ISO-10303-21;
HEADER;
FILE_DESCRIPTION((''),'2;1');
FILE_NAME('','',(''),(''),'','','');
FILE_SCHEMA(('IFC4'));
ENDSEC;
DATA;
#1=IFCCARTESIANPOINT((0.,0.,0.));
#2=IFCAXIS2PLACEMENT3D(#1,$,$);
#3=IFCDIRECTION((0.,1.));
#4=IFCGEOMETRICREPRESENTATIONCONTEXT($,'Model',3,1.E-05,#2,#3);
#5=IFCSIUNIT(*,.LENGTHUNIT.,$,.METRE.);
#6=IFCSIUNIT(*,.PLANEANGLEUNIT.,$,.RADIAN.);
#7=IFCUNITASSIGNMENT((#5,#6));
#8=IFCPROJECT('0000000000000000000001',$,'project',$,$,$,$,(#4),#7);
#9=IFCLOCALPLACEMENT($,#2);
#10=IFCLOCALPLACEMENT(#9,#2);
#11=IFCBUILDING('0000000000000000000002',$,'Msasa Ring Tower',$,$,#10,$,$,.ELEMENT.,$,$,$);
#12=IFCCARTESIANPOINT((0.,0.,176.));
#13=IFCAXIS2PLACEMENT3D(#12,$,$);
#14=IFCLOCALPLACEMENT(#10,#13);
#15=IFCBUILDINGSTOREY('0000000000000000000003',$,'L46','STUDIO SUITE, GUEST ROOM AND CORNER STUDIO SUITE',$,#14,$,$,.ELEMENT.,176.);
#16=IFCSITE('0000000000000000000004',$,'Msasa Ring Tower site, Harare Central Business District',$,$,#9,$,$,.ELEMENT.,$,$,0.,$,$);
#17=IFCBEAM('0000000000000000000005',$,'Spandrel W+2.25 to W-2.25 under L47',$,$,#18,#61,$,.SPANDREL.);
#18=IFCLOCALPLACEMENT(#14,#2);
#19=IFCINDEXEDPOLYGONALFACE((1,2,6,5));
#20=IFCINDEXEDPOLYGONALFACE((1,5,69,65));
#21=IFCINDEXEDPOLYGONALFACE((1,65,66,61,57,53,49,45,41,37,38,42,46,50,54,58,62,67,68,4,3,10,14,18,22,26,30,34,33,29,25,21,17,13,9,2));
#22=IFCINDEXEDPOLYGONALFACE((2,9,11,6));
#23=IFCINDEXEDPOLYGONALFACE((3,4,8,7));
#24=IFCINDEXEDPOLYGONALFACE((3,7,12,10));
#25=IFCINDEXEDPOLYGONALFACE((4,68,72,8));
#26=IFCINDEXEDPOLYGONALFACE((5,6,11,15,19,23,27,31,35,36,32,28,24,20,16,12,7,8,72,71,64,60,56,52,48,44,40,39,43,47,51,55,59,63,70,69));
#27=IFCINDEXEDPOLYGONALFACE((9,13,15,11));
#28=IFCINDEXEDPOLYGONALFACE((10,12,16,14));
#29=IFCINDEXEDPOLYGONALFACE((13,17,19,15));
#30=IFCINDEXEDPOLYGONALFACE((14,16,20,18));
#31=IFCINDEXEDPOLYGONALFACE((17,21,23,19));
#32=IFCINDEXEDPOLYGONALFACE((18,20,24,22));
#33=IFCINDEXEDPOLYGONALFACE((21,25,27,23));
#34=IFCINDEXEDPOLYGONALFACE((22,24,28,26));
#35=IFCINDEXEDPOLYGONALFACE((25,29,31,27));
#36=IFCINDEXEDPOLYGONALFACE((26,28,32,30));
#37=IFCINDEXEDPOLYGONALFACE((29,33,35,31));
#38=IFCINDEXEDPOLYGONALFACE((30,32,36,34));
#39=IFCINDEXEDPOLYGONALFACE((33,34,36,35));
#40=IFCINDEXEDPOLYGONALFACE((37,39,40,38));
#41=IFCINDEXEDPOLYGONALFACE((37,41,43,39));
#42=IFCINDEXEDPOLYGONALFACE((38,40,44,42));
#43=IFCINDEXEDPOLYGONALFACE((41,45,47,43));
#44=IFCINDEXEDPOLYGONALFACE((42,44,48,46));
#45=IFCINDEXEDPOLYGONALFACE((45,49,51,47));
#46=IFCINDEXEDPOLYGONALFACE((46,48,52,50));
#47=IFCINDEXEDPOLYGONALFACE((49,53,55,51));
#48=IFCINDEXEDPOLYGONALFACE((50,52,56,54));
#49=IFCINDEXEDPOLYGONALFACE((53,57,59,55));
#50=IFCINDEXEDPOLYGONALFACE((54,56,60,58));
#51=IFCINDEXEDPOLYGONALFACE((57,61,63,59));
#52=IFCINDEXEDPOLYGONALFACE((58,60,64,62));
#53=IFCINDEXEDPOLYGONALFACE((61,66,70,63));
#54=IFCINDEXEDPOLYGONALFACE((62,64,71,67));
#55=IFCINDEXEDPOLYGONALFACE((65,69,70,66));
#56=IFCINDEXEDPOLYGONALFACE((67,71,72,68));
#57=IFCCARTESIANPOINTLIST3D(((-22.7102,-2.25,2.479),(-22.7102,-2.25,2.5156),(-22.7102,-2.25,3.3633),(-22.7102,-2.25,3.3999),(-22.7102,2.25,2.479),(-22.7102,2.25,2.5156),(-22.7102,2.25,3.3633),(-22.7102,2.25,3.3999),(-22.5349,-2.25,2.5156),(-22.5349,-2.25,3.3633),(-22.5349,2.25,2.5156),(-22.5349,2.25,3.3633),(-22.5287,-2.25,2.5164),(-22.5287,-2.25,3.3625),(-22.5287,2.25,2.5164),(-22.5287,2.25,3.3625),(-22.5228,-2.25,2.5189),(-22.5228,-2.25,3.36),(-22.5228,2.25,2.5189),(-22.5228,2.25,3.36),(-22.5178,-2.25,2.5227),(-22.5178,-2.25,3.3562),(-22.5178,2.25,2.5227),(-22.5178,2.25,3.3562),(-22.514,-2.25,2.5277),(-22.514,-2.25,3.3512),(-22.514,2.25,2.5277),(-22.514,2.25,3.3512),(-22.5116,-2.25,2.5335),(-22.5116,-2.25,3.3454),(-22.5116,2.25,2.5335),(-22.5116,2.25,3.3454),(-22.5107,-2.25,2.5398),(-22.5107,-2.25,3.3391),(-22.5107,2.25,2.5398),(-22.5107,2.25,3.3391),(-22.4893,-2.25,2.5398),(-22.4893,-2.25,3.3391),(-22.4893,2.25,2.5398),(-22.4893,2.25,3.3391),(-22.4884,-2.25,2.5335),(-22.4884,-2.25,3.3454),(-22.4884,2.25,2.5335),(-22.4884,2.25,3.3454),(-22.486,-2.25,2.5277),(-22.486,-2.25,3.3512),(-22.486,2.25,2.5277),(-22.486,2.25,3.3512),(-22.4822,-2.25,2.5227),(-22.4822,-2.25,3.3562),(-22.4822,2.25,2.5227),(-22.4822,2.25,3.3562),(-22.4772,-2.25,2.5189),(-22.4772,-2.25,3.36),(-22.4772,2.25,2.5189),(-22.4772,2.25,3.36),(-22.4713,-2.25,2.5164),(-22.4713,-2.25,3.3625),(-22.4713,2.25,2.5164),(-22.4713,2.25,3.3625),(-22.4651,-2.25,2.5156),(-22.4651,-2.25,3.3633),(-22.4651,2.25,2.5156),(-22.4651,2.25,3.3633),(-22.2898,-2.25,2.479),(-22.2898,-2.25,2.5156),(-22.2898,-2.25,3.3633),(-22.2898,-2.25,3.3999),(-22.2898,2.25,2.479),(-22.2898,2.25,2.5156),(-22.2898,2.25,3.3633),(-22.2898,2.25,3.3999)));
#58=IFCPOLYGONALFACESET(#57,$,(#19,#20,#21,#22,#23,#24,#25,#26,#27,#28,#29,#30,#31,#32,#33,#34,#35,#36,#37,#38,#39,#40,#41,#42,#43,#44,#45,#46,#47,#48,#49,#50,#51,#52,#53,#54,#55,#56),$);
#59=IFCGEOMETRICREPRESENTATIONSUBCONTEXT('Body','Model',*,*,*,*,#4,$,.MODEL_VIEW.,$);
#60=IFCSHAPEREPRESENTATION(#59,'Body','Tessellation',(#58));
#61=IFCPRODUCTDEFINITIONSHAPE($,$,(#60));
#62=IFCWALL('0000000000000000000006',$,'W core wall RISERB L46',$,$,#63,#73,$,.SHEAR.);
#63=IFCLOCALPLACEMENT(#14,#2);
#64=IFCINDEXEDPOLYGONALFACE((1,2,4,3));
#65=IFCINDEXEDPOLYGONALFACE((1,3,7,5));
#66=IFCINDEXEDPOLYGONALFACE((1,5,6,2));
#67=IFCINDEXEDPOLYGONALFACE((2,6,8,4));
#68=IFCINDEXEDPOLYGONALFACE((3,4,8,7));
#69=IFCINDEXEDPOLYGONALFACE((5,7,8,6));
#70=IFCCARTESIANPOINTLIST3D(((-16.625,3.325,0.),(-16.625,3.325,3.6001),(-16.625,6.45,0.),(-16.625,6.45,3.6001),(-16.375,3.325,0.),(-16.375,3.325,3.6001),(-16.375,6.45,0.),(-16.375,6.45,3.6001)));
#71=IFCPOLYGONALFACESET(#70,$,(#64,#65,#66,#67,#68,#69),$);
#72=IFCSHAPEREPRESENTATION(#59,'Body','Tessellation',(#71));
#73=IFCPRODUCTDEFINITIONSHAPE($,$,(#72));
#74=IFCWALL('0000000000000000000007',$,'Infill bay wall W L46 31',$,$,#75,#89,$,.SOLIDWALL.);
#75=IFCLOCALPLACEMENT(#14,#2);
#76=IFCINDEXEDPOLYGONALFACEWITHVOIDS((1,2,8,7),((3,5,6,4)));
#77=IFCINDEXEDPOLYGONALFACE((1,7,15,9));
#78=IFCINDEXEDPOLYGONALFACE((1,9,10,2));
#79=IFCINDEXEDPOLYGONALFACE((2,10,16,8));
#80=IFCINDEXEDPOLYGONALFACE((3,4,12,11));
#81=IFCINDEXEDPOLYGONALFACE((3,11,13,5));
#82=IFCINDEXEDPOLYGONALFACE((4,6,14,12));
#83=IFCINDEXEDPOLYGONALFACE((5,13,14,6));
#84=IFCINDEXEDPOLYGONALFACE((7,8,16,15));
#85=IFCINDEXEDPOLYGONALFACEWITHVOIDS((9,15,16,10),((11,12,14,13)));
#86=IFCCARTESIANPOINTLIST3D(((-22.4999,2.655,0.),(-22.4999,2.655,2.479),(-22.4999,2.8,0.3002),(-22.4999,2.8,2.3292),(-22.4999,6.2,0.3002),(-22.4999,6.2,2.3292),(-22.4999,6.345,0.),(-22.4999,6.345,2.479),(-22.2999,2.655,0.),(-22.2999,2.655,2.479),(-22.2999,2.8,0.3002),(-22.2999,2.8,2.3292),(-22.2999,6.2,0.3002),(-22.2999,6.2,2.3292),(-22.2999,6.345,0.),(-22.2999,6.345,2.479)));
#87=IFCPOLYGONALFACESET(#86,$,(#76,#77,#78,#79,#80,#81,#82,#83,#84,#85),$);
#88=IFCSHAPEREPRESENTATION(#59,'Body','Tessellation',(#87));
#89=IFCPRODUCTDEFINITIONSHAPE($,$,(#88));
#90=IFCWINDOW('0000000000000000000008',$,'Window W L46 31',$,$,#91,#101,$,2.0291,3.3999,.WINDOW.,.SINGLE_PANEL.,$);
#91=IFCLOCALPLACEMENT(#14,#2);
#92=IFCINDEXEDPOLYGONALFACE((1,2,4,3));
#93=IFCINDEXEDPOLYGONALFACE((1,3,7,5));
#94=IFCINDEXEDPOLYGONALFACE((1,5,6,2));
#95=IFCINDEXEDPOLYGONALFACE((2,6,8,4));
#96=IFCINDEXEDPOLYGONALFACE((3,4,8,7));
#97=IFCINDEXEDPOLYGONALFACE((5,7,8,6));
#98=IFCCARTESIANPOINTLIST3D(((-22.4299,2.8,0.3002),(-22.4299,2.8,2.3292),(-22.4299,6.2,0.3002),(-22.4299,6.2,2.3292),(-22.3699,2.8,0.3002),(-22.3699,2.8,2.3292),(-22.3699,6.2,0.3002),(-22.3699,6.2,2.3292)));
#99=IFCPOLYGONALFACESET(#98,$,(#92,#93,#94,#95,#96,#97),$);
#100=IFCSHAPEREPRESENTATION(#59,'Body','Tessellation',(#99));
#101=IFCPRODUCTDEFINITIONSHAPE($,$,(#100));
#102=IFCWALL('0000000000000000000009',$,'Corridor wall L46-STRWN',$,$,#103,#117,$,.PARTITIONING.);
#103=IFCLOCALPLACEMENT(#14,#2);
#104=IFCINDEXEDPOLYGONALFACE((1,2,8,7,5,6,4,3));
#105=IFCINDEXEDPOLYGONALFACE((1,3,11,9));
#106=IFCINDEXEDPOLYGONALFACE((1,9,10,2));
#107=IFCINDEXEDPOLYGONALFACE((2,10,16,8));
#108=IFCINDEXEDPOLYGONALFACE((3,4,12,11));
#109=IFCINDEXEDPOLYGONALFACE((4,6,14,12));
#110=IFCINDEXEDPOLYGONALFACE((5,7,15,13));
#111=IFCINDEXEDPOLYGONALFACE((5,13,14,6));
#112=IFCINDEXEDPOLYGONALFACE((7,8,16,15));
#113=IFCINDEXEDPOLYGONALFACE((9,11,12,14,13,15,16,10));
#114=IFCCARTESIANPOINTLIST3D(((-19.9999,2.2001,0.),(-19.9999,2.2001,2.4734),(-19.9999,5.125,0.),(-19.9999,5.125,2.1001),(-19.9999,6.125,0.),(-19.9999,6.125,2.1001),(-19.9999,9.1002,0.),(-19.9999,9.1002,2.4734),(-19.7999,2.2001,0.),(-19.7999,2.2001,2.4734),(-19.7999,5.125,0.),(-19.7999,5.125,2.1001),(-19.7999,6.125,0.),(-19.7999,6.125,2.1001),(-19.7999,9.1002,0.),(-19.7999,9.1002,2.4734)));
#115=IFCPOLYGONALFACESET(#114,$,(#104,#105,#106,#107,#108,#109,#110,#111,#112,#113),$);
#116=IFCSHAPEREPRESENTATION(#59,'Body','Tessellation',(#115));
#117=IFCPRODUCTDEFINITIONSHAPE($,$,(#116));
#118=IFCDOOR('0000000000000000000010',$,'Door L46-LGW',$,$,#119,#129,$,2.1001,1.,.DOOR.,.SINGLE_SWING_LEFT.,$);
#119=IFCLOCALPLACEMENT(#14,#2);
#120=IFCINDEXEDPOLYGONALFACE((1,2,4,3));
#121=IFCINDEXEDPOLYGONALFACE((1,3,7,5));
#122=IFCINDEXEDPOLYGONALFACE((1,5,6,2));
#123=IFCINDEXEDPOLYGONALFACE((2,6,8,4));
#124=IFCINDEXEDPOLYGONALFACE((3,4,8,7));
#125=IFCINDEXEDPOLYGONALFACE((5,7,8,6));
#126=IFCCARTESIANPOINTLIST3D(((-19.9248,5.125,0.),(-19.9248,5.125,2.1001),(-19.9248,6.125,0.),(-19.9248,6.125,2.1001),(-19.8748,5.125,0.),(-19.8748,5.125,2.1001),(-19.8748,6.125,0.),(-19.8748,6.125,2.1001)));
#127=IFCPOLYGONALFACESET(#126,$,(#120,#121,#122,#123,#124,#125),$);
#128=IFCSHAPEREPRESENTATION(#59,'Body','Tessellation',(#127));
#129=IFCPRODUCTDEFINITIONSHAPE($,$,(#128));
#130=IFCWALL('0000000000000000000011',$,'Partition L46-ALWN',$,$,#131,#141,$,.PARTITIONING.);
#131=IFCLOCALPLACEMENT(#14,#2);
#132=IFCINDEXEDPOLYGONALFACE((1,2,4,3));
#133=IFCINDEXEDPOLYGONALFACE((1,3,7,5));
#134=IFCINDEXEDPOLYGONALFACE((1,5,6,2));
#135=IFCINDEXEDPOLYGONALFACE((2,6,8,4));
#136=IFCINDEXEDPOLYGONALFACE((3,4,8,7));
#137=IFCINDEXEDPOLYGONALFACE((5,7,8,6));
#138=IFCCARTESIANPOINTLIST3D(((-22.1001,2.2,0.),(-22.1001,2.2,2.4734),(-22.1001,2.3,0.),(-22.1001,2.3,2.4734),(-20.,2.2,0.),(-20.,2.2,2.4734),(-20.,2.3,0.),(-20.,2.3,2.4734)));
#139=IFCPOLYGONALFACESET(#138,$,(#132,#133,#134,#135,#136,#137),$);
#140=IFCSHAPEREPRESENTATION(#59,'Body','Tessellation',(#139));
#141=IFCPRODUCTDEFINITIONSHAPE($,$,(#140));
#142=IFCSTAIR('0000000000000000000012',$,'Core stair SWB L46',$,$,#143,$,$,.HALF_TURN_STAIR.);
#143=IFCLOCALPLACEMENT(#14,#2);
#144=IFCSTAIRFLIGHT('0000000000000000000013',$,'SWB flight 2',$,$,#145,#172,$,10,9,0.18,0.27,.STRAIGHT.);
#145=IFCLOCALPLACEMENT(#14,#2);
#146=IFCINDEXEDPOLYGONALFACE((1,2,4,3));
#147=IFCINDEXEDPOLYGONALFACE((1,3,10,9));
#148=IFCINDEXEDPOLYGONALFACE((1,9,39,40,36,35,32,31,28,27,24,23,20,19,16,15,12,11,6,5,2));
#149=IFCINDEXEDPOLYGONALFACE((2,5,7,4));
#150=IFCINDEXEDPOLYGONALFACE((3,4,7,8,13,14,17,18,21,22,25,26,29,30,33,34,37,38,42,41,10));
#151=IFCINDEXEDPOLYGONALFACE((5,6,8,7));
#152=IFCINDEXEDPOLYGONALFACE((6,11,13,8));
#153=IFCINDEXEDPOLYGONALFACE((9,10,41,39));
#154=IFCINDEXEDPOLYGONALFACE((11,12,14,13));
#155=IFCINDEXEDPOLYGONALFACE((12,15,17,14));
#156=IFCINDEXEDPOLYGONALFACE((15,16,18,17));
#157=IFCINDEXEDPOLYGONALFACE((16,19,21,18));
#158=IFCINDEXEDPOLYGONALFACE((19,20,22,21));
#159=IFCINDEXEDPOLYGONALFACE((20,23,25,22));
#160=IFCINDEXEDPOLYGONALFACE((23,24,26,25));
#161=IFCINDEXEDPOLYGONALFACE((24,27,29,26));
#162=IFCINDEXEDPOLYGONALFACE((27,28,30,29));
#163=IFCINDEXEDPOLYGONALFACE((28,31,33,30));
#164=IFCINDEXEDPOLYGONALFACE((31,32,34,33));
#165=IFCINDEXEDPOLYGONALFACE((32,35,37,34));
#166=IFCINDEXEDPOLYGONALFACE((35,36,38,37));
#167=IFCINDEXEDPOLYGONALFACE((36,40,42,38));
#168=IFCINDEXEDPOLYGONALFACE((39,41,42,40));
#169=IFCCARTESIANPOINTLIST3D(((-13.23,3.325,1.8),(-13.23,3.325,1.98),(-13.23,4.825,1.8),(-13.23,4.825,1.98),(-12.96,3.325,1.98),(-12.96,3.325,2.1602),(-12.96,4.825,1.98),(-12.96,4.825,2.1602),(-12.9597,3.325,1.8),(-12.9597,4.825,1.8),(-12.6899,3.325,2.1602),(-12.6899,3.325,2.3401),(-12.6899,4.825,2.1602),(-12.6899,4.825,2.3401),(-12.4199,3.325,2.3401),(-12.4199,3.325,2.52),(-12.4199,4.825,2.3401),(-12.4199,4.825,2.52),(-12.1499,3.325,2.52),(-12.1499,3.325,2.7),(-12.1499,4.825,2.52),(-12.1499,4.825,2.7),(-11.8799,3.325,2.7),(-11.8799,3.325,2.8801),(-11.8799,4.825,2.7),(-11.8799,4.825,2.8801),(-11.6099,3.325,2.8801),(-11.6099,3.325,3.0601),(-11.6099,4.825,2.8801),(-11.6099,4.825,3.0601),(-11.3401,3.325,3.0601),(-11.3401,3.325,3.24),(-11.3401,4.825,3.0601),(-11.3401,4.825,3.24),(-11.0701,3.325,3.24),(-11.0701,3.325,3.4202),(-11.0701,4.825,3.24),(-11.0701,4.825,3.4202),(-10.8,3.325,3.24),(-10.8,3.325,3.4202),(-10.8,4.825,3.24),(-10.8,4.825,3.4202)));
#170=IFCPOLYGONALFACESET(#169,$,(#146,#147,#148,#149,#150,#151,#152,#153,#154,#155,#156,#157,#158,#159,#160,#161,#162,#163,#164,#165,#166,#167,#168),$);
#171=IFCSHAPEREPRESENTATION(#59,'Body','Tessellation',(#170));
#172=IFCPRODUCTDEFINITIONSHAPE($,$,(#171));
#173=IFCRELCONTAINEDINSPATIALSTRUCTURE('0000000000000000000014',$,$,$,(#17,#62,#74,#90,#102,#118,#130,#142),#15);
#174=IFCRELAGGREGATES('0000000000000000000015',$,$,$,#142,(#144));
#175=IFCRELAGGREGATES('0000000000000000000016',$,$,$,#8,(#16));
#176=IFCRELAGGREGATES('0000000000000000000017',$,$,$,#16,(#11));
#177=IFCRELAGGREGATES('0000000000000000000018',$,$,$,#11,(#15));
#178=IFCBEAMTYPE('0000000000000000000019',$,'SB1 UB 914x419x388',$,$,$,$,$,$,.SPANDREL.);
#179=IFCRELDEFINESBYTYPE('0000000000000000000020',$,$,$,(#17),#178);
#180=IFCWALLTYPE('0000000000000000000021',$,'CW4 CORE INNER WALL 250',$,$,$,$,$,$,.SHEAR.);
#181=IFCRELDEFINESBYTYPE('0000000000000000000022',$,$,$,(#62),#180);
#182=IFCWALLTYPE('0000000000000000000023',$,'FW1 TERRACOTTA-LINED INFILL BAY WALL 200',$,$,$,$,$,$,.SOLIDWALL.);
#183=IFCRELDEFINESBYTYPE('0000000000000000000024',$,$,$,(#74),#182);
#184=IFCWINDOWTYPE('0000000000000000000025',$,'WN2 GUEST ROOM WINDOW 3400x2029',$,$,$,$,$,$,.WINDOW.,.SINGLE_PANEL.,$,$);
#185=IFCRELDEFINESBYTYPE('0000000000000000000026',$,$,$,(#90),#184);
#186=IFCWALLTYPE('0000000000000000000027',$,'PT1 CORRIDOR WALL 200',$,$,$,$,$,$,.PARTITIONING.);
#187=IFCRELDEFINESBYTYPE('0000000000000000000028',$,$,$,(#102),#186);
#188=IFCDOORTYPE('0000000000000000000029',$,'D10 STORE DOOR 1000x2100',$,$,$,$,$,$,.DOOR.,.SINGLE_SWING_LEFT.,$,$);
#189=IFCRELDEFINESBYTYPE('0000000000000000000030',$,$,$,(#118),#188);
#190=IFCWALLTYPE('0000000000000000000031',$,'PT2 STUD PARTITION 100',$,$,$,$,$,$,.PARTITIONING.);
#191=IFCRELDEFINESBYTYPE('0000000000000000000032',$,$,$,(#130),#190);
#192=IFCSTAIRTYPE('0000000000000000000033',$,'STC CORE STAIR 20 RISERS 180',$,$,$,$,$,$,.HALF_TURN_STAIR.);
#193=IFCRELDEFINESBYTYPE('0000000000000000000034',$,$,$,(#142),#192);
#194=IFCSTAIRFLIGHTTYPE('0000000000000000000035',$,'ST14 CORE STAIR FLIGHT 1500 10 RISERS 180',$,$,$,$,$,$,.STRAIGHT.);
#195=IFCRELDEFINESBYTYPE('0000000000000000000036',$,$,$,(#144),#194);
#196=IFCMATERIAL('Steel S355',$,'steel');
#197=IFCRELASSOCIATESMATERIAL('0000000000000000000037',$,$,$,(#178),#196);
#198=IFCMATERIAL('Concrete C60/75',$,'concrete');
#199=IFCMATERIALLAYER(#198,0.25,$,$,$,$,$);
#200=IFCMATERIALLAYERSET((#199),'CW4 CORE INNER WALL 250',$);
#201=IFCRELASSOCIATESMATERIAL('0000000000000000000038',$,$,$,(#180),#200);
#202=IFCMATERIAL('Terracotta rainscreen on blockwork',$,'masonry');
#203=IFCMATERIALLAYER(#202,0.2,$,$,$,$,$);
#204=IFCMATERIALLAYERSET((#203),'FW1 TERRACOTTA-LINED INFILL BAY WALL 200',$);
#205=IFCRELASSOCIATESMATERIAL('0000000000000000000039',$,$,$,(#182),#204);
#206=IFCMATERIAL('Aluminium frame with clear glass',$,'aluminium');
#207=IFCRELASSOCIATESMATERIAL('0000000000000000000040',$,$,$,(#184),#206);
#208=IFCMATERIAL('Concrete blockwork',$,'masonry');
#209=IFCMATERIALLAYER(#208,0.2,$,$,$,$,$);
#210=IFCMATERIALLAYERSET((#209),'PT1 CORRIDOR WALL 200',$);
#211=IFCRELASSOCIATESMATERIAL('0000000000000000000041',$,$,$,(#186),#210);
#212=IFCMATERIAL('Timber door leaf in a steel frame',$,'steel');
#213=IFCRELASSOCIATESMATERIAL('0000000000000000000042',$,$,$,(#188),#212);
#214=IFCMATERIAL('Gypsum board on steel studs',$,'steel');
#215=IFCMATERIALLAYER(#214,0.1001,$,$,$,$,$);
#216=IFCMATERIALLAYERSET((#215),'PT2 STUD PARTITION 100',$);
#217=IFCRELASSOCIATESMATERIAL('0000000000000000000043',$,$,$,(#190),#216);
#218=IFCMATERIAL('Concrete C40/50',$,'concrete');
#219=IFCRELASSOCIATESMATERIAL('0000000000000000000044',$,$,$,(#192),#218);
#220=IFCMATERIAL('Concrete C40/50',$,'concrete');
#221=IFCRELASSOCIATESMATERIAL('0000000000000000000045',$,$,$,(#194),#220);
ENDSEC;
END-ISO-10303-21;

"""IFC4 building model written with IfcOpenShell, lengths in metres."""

from ifc_helpers import new_model, si_unit, direction, frame, frame_2d, origin, origin_2d, place, context, subcontext, project, spatial, polyline, rectangle, i_section, outline, extrude, material, layer, layer_set, material_profile, profile_set, type_object, element, fill, aggregate, save


model = new_model("IFC4")

# Units and contexts
model_context = context("Model", 3, precision=1e-05, world=origin(), true_north=direction((0.0, 1.0)))
body_context = subcontext(model_context, "Body", "Model", "MODEL_VIEW")
ifc_project = project(units=[si_unit("LENGTHUNIT", "METRE"), si_unit("PLANEANGLEUNIT", "RADIAN")], contexts=[model_context])

# Site, building, storey
site_placement = place(None, origin())
site = spatial("IfcSite", under=ifc_project, at=site_placement, Name="Msasa Ring Tower site, Harare Central Business District", CompositionType="ELEMENT", RefElevation=0.0)
building_placement = place(site_placement, origin())
building = spatial("IfcBuilding", under=site, at=building_placement, Name="Msasa Ring Tower", CompositionType="ELEMENT")
storey_placement = place(building_placement, frame((0.0, 0.0, 176.0)))
storey = spatial("IfcBuildingStorey", under=building, at=storey_placement, Name="L46", Description="STUDIO SUITE, GUEST ROOM AND CORNER STUDIO SUITE", CompositionType="ELEMENT", Elevation=176.0)

# Beam
ifc_material_1 = material(Name="Steel S355", Category="steel")
ifc_material_profile_1 = material_profile(ifc_material_1, i_section(OverallWidth=0.4204, OverallDepth=0.9209, WebThickness=0.0215, FlangeThickness=0.0366, FilletRadius=0.0242, at=origin_2d()), Name="UB 914x419x388")
ifc_profile_set_1 = profile_set([ifc_material_profile_1], Name="Steel S355")
beam_type_1 = type_object("IfcBeamType", Name="SB1 UB 914x419x388", PredefinedType="SPANDREL", material=ifc_profile_set_1)
for number, where, z_axis, x_axis, name in (
    (1, (-22.5, 2.25, 2.9395), (0.0, -1.0, 0.0), (1.0, 0.0, 0.0), "Spandrel W+2.25 to W-2.25 under L47"),
):
    element("IfcBeam", number, at=place(storey_placement, frame(where, z_axis=z_axis, x_axis=x_axis)), inside=storey, type_object=beam_type_1, Name=name, PredefinedType="SPANDREL", context=body_context, shape_type="SweptSolid", body=[
        extrude(i_section(OverallWidth=0.4204, OverallDepth=0.9209, WebThickness=0.0215, FlangeThickness=0.0366, FilletRadius=0.0242, at=origin_2d()), origin(), (0.0, 0.0, 1.0), 4.5),
    ])

# Wall
ifc_material_2 = material(Name="Concrete C60/75", Category="concrete")
ifc_layer_1 = layer(ifc_material_2, 0.25)
ifc_layer_set_1 = layer_set([ifc_layer_1], Name="CW4 CORE INNER WALL 250")
wall_type_1 = type_object("IfcWallType", Name="CW4 CORE INNER WALL 250", PredefinedType="SHEAR", material=ifc_layer_set_1)
wall_1_placement = place(storey_placement, frame((-16.5, 3.325, 0.0), z_axis=(0.0, 0.0, 1.0), x_axis=(0.0, 1.0, 0.0)))
element("IfcWall", 2, at=wall_1_placement, inside=storey, type_object=wall_type_1, Name="W core wall RISERB L46", PredefinedType="SHEAR", context=body_context, shape_type="SweptSolid", body=[
    extrude(rectangle(XDim=3.125, YDim=0.25, at=frame_2d((1.5625, 0.0))), origin(), (0.0, 0.0, 1.0), 3.6001),
])

# Wall, opening, window
ifc_material_3 = material(Name="Terracotta rainscreen on blockwork", Category="masonry")
ifc_layer_2 = layer(ifc_material_3, 0.2)
ifc_layer_set_2 = layer_set([ifc_layer_2], Name="FW1 TERRACOTTA-LINED INFILL BAY WALL 200")
wall_type_2 = type_object("IfcWallType", Name="FW1 TERRACOTTA-LINED INFILL BAY WALL 200", PredefinedType="SOLIDWALL", material=ifc_layer_set_2)
wall_2_placement = place(storey_placement, frame((-22.3999, 2.655, 0.0), z_axis=(0.0, 0.0, 1.0), x_axis=(0.0, 1.0, 0.0)))
wall_2 = element("IfcWall", 3, at=wall_2_placement, inside=storey, type_object=wall_type_2, Name="Infill bay wall W L46 31", PredefinedType="SOLIDWALL", context=body_context, shape_type="SweptSolid", body=[
    extrude(rectangle(XDim=3.6899, YDim=0.2, at=frame_2d((1.845, 0.0))), origin(), (0.0, 0.0, 1.0), 2.479),
])
opening_1_placement = place(wall_2_placement, frame((0.145, 0.0, 0.3)))
opening_1 = element("IfcOpeningElement", 4, at=opening_1_placement, cuts=wall_2, PredefinedType="OPENING", context=body_context, shape_type="SweptSolid", body=[
    extrude(rectangle(XDim=3.3999, YDim=2.0291, at=frame_2d((1.7, 1.0146))), frame((0.0, 0.1099, 0.0), z_axis=(0.0, -1.0, 0.0), x_axis=(1.0, 0.0, 0.0)), (0.0, 0.0, 1.0), 0.22),
])
ifc_material_4 = material(Name="Aluminium frame with clear glass", Category="aluminium")
window_type = type_object("IfcWindowType", Name="WN2 GUEST ROOM WINDOW 3400x2029", PartitioningType="SINGLE_PANEL", PredefinedType="WINDOW", material=ifc_material_4)
window_placement = place(opening_1_placement, origin())
window = element("IfcWindow", 5, at=window_placement, inside=storey, type_object=window_type, Name="Window W L46 31", OverallHeight=2.0291, OverallWidth=3.3999, PartitioningType="SINGLE_PANEL", PredefinedType="WINDOW", context=body_context, shape_type="SweptSolid", body=[
    extrude(rectangle(XDim=3.3999, YDim=2.0291, at=frame_2d((1.7, 1.0146))), frame((0.0, 0.03, 0.0), z_axis=(0.0, -1.0, 0.0), x_axis=(1.0, 0.0, 0.0)), (0.0, 0.0, 1.0), 0.0601),
])
fill(opening_1, window)

# Wall, opening, door
ifc_material_5 = material(Name="Concrete blockwork", Category="masonry")
ifc_layer_3 = layer(ifc_material_5, 0.2)
ifc_layer_set_3 = layer_set([ifc_layer_3], Name="PT1 CORRIDOR WALL 200")
wall_type_3 = type_object("IfcWallType", Name="PT1 CORRIDOR WALL 200", PredefinedType="PARTITIONING", material=ifc_layer_set_3)
wall_3_placement = place(storey_placement, frame((-19.8999, 2.2, 0.0), z_axis=(0.0, 0.0, 1.0), x_axis=(0.0, 1.0, 0.0)))
wall_3 = element("IfcWall", 6, at=wall_3_placement, inside=storey, type_object=wall_type_3, Name="Corridor wall L46-STRWN", PredefinedType="PARTITIONING", context=body_context, shape_type="SweptSolid", body=[
    extrude(rectangle(XDim=6.9001, YDim=0.2, at=frame_2d((3.4502, 0.0))), origin(), (0.0, 0.0, 1.0), 2.4734),
])
opening_2_placement = place(wall_3_placement, frame((2.925, 0.0, 0.0)))
opening_2 = element("IfcOpeningElement", 7, at=opening_2_placement, cuts=wall_3, PredefinedType="OPENING", context=body_context, shape_type="SweptSolid", body=[
    extrude(rectangle(XDim=1.0, YDim=2.1001, at=frame_2d((0.5, 1.05))), frame((0.0, 0.1099, 0.0), z_axis=(0.0, -1.0, 0.0), x_axis=(1.0, 0.0, 0.0)), (0.0, 0.0, 1.0), 0.22),
])
ifc_material_6 = material(Name="Timber door leaf in a steel frame", Category="steel")
door_type = type_object("IfcDoorType", Name="D10 STORE DOOR 1000x2100", OperationType="SINGLE_SWING_LEFT", PredefinedType="DOOR", material=ifc_material_6)
door_placement = place(opening_2_placement, origin())
door = element("IfcDoor", 8, at=door_placement, inside=storey, type_object=door_type, Name="Door L46-LGW", OperationType="SINGLE_SWING_LEFT", OverallHeight=2.1001, OverallWidth=1.0, PredefinedType="DOOR", context=body_context, shape_type="SweptSolid", body=[
    extrude(rectangle(XDim=1.0, YDim=2.1001, at=frame_2d((0.5, 1.05))), frame((0.0, 0.0249, 0.0), z_axis=(0.0, -1.0, 0.0), x_axis=(1.0, 0.0, 0.0)), (0.0, 0.0, 1.0), 0.05),
])
fill(opening_2, door)

# Wall
ifc_material_7 = material(Name="Gypsum board on steel studs", Category="steel")
ifc_layer_4 = layer(ifc_material_7, 0.1001)
ifc_layer_set_4 = layer_set([ifc_layer_4], Name="PT2 STUD PARTITION 100")
wall_type_4 = type_object("IfcWallType", Name="PT2 STUD PARTITION 100", PredefinedType="PARTITIONING", material=ifc_layer_set_4)
wall_4_placement = place(storey_placement, frame((-22.1001, 2.25, 0.0), z_axis=(0.0, 0.0, 1.0), x_axis=(1.0, 0.0, 0.0)))
element("IfcWall", 9, at=wall_4_placement, inside=storey, type_object=wall_type_4, Name="Partition L46-ALWN", PredefinedType="PARTITIONING", context=body_context, shape_type="SweptSolid", body=[
    extrude(rectangle(XDim=2.1001, YDim=0.1001, at=frame_2d((1.05, 0.0))), origin(), (0.0, 0.0, 1.0), 2.4734),
])

# Stair, stair flight
ifc_material_8 = material(Name="Concrete C40/50", Category="concrete")
stair_type = type_object("IfcStairType", Name="STC CORE STAIR 20 RISERS 180", PredefinedType="HALF_TURN_STAIR", material=ifc_material_8)
stair_placement = place(storey_placement, origin())
stair = element("IfcStair", 10, at=stair_placement, inside=storey, type_object=stair_type, Name="Core stair SWB L46", PredefinedType="HALF_TURN_STAIR")
ifc_material_9 = material(Name="Concrete C40/50", Category="concrete")
stair_flight_type = type_object("IfcStairFlightType", Name="ST14 CORE STAIR FLIGHT 1500 10 RISERS 180", PredefinedType="STRAIGHT", material=ifc_material_9)
stair_flight_placement = place(storey_placement, frame((-13.23, 4.075, 1.8), z_axis=(0.0, 0.0, 1.0), x_axis=(1.0, 0.0, 0.0)))
stair_flight = element("IfcStairFlight", 11, at=stair_flight_placement, type_object=stair_flight_type, Name="SWB flight 2", NumberOfRisers=10, NumberOfTreads=9, PredefinedType="STRAIGHT", RiserHeight=0.18, TreadLength=0.27, context=body_context, shape_type="SweptSolid", body=[
    extrude(outline(polyline([(0.0, 0.0), (0.0, 0.1799), (0.27, 0.1799), (0.27, 0.3601), (0.54, 0.3601), (0.54, 0.54), (0.8101, 0.54), (0.8101, 0.72), (1.0801, 0.72), (1.0801, 0.8999), (1.3501, 0.8999), (1.3501, 1.0801), (1.6201, 1.0801), (1.6201, 1.26), (1.8899, 1.26), (1.8899, 1.4399), (2.1599, 1.4399), (2.1599, 1.6201), (2.4299, 1.6201), (2.4299, 1.8), (2.4299, 1.4399), (0.2703, 0.0), (0.0, 0.0)])), frame((0.0, 0.75, 0.0), z_axis=(0.0, -1.0, 0.0), x_axis=(1.0, 0.0, 0.0)), (0.0, 0.0, 1.0), 1.5),
])
aggregate(stair, [stair_flight])

save(model, "model.ifc")
